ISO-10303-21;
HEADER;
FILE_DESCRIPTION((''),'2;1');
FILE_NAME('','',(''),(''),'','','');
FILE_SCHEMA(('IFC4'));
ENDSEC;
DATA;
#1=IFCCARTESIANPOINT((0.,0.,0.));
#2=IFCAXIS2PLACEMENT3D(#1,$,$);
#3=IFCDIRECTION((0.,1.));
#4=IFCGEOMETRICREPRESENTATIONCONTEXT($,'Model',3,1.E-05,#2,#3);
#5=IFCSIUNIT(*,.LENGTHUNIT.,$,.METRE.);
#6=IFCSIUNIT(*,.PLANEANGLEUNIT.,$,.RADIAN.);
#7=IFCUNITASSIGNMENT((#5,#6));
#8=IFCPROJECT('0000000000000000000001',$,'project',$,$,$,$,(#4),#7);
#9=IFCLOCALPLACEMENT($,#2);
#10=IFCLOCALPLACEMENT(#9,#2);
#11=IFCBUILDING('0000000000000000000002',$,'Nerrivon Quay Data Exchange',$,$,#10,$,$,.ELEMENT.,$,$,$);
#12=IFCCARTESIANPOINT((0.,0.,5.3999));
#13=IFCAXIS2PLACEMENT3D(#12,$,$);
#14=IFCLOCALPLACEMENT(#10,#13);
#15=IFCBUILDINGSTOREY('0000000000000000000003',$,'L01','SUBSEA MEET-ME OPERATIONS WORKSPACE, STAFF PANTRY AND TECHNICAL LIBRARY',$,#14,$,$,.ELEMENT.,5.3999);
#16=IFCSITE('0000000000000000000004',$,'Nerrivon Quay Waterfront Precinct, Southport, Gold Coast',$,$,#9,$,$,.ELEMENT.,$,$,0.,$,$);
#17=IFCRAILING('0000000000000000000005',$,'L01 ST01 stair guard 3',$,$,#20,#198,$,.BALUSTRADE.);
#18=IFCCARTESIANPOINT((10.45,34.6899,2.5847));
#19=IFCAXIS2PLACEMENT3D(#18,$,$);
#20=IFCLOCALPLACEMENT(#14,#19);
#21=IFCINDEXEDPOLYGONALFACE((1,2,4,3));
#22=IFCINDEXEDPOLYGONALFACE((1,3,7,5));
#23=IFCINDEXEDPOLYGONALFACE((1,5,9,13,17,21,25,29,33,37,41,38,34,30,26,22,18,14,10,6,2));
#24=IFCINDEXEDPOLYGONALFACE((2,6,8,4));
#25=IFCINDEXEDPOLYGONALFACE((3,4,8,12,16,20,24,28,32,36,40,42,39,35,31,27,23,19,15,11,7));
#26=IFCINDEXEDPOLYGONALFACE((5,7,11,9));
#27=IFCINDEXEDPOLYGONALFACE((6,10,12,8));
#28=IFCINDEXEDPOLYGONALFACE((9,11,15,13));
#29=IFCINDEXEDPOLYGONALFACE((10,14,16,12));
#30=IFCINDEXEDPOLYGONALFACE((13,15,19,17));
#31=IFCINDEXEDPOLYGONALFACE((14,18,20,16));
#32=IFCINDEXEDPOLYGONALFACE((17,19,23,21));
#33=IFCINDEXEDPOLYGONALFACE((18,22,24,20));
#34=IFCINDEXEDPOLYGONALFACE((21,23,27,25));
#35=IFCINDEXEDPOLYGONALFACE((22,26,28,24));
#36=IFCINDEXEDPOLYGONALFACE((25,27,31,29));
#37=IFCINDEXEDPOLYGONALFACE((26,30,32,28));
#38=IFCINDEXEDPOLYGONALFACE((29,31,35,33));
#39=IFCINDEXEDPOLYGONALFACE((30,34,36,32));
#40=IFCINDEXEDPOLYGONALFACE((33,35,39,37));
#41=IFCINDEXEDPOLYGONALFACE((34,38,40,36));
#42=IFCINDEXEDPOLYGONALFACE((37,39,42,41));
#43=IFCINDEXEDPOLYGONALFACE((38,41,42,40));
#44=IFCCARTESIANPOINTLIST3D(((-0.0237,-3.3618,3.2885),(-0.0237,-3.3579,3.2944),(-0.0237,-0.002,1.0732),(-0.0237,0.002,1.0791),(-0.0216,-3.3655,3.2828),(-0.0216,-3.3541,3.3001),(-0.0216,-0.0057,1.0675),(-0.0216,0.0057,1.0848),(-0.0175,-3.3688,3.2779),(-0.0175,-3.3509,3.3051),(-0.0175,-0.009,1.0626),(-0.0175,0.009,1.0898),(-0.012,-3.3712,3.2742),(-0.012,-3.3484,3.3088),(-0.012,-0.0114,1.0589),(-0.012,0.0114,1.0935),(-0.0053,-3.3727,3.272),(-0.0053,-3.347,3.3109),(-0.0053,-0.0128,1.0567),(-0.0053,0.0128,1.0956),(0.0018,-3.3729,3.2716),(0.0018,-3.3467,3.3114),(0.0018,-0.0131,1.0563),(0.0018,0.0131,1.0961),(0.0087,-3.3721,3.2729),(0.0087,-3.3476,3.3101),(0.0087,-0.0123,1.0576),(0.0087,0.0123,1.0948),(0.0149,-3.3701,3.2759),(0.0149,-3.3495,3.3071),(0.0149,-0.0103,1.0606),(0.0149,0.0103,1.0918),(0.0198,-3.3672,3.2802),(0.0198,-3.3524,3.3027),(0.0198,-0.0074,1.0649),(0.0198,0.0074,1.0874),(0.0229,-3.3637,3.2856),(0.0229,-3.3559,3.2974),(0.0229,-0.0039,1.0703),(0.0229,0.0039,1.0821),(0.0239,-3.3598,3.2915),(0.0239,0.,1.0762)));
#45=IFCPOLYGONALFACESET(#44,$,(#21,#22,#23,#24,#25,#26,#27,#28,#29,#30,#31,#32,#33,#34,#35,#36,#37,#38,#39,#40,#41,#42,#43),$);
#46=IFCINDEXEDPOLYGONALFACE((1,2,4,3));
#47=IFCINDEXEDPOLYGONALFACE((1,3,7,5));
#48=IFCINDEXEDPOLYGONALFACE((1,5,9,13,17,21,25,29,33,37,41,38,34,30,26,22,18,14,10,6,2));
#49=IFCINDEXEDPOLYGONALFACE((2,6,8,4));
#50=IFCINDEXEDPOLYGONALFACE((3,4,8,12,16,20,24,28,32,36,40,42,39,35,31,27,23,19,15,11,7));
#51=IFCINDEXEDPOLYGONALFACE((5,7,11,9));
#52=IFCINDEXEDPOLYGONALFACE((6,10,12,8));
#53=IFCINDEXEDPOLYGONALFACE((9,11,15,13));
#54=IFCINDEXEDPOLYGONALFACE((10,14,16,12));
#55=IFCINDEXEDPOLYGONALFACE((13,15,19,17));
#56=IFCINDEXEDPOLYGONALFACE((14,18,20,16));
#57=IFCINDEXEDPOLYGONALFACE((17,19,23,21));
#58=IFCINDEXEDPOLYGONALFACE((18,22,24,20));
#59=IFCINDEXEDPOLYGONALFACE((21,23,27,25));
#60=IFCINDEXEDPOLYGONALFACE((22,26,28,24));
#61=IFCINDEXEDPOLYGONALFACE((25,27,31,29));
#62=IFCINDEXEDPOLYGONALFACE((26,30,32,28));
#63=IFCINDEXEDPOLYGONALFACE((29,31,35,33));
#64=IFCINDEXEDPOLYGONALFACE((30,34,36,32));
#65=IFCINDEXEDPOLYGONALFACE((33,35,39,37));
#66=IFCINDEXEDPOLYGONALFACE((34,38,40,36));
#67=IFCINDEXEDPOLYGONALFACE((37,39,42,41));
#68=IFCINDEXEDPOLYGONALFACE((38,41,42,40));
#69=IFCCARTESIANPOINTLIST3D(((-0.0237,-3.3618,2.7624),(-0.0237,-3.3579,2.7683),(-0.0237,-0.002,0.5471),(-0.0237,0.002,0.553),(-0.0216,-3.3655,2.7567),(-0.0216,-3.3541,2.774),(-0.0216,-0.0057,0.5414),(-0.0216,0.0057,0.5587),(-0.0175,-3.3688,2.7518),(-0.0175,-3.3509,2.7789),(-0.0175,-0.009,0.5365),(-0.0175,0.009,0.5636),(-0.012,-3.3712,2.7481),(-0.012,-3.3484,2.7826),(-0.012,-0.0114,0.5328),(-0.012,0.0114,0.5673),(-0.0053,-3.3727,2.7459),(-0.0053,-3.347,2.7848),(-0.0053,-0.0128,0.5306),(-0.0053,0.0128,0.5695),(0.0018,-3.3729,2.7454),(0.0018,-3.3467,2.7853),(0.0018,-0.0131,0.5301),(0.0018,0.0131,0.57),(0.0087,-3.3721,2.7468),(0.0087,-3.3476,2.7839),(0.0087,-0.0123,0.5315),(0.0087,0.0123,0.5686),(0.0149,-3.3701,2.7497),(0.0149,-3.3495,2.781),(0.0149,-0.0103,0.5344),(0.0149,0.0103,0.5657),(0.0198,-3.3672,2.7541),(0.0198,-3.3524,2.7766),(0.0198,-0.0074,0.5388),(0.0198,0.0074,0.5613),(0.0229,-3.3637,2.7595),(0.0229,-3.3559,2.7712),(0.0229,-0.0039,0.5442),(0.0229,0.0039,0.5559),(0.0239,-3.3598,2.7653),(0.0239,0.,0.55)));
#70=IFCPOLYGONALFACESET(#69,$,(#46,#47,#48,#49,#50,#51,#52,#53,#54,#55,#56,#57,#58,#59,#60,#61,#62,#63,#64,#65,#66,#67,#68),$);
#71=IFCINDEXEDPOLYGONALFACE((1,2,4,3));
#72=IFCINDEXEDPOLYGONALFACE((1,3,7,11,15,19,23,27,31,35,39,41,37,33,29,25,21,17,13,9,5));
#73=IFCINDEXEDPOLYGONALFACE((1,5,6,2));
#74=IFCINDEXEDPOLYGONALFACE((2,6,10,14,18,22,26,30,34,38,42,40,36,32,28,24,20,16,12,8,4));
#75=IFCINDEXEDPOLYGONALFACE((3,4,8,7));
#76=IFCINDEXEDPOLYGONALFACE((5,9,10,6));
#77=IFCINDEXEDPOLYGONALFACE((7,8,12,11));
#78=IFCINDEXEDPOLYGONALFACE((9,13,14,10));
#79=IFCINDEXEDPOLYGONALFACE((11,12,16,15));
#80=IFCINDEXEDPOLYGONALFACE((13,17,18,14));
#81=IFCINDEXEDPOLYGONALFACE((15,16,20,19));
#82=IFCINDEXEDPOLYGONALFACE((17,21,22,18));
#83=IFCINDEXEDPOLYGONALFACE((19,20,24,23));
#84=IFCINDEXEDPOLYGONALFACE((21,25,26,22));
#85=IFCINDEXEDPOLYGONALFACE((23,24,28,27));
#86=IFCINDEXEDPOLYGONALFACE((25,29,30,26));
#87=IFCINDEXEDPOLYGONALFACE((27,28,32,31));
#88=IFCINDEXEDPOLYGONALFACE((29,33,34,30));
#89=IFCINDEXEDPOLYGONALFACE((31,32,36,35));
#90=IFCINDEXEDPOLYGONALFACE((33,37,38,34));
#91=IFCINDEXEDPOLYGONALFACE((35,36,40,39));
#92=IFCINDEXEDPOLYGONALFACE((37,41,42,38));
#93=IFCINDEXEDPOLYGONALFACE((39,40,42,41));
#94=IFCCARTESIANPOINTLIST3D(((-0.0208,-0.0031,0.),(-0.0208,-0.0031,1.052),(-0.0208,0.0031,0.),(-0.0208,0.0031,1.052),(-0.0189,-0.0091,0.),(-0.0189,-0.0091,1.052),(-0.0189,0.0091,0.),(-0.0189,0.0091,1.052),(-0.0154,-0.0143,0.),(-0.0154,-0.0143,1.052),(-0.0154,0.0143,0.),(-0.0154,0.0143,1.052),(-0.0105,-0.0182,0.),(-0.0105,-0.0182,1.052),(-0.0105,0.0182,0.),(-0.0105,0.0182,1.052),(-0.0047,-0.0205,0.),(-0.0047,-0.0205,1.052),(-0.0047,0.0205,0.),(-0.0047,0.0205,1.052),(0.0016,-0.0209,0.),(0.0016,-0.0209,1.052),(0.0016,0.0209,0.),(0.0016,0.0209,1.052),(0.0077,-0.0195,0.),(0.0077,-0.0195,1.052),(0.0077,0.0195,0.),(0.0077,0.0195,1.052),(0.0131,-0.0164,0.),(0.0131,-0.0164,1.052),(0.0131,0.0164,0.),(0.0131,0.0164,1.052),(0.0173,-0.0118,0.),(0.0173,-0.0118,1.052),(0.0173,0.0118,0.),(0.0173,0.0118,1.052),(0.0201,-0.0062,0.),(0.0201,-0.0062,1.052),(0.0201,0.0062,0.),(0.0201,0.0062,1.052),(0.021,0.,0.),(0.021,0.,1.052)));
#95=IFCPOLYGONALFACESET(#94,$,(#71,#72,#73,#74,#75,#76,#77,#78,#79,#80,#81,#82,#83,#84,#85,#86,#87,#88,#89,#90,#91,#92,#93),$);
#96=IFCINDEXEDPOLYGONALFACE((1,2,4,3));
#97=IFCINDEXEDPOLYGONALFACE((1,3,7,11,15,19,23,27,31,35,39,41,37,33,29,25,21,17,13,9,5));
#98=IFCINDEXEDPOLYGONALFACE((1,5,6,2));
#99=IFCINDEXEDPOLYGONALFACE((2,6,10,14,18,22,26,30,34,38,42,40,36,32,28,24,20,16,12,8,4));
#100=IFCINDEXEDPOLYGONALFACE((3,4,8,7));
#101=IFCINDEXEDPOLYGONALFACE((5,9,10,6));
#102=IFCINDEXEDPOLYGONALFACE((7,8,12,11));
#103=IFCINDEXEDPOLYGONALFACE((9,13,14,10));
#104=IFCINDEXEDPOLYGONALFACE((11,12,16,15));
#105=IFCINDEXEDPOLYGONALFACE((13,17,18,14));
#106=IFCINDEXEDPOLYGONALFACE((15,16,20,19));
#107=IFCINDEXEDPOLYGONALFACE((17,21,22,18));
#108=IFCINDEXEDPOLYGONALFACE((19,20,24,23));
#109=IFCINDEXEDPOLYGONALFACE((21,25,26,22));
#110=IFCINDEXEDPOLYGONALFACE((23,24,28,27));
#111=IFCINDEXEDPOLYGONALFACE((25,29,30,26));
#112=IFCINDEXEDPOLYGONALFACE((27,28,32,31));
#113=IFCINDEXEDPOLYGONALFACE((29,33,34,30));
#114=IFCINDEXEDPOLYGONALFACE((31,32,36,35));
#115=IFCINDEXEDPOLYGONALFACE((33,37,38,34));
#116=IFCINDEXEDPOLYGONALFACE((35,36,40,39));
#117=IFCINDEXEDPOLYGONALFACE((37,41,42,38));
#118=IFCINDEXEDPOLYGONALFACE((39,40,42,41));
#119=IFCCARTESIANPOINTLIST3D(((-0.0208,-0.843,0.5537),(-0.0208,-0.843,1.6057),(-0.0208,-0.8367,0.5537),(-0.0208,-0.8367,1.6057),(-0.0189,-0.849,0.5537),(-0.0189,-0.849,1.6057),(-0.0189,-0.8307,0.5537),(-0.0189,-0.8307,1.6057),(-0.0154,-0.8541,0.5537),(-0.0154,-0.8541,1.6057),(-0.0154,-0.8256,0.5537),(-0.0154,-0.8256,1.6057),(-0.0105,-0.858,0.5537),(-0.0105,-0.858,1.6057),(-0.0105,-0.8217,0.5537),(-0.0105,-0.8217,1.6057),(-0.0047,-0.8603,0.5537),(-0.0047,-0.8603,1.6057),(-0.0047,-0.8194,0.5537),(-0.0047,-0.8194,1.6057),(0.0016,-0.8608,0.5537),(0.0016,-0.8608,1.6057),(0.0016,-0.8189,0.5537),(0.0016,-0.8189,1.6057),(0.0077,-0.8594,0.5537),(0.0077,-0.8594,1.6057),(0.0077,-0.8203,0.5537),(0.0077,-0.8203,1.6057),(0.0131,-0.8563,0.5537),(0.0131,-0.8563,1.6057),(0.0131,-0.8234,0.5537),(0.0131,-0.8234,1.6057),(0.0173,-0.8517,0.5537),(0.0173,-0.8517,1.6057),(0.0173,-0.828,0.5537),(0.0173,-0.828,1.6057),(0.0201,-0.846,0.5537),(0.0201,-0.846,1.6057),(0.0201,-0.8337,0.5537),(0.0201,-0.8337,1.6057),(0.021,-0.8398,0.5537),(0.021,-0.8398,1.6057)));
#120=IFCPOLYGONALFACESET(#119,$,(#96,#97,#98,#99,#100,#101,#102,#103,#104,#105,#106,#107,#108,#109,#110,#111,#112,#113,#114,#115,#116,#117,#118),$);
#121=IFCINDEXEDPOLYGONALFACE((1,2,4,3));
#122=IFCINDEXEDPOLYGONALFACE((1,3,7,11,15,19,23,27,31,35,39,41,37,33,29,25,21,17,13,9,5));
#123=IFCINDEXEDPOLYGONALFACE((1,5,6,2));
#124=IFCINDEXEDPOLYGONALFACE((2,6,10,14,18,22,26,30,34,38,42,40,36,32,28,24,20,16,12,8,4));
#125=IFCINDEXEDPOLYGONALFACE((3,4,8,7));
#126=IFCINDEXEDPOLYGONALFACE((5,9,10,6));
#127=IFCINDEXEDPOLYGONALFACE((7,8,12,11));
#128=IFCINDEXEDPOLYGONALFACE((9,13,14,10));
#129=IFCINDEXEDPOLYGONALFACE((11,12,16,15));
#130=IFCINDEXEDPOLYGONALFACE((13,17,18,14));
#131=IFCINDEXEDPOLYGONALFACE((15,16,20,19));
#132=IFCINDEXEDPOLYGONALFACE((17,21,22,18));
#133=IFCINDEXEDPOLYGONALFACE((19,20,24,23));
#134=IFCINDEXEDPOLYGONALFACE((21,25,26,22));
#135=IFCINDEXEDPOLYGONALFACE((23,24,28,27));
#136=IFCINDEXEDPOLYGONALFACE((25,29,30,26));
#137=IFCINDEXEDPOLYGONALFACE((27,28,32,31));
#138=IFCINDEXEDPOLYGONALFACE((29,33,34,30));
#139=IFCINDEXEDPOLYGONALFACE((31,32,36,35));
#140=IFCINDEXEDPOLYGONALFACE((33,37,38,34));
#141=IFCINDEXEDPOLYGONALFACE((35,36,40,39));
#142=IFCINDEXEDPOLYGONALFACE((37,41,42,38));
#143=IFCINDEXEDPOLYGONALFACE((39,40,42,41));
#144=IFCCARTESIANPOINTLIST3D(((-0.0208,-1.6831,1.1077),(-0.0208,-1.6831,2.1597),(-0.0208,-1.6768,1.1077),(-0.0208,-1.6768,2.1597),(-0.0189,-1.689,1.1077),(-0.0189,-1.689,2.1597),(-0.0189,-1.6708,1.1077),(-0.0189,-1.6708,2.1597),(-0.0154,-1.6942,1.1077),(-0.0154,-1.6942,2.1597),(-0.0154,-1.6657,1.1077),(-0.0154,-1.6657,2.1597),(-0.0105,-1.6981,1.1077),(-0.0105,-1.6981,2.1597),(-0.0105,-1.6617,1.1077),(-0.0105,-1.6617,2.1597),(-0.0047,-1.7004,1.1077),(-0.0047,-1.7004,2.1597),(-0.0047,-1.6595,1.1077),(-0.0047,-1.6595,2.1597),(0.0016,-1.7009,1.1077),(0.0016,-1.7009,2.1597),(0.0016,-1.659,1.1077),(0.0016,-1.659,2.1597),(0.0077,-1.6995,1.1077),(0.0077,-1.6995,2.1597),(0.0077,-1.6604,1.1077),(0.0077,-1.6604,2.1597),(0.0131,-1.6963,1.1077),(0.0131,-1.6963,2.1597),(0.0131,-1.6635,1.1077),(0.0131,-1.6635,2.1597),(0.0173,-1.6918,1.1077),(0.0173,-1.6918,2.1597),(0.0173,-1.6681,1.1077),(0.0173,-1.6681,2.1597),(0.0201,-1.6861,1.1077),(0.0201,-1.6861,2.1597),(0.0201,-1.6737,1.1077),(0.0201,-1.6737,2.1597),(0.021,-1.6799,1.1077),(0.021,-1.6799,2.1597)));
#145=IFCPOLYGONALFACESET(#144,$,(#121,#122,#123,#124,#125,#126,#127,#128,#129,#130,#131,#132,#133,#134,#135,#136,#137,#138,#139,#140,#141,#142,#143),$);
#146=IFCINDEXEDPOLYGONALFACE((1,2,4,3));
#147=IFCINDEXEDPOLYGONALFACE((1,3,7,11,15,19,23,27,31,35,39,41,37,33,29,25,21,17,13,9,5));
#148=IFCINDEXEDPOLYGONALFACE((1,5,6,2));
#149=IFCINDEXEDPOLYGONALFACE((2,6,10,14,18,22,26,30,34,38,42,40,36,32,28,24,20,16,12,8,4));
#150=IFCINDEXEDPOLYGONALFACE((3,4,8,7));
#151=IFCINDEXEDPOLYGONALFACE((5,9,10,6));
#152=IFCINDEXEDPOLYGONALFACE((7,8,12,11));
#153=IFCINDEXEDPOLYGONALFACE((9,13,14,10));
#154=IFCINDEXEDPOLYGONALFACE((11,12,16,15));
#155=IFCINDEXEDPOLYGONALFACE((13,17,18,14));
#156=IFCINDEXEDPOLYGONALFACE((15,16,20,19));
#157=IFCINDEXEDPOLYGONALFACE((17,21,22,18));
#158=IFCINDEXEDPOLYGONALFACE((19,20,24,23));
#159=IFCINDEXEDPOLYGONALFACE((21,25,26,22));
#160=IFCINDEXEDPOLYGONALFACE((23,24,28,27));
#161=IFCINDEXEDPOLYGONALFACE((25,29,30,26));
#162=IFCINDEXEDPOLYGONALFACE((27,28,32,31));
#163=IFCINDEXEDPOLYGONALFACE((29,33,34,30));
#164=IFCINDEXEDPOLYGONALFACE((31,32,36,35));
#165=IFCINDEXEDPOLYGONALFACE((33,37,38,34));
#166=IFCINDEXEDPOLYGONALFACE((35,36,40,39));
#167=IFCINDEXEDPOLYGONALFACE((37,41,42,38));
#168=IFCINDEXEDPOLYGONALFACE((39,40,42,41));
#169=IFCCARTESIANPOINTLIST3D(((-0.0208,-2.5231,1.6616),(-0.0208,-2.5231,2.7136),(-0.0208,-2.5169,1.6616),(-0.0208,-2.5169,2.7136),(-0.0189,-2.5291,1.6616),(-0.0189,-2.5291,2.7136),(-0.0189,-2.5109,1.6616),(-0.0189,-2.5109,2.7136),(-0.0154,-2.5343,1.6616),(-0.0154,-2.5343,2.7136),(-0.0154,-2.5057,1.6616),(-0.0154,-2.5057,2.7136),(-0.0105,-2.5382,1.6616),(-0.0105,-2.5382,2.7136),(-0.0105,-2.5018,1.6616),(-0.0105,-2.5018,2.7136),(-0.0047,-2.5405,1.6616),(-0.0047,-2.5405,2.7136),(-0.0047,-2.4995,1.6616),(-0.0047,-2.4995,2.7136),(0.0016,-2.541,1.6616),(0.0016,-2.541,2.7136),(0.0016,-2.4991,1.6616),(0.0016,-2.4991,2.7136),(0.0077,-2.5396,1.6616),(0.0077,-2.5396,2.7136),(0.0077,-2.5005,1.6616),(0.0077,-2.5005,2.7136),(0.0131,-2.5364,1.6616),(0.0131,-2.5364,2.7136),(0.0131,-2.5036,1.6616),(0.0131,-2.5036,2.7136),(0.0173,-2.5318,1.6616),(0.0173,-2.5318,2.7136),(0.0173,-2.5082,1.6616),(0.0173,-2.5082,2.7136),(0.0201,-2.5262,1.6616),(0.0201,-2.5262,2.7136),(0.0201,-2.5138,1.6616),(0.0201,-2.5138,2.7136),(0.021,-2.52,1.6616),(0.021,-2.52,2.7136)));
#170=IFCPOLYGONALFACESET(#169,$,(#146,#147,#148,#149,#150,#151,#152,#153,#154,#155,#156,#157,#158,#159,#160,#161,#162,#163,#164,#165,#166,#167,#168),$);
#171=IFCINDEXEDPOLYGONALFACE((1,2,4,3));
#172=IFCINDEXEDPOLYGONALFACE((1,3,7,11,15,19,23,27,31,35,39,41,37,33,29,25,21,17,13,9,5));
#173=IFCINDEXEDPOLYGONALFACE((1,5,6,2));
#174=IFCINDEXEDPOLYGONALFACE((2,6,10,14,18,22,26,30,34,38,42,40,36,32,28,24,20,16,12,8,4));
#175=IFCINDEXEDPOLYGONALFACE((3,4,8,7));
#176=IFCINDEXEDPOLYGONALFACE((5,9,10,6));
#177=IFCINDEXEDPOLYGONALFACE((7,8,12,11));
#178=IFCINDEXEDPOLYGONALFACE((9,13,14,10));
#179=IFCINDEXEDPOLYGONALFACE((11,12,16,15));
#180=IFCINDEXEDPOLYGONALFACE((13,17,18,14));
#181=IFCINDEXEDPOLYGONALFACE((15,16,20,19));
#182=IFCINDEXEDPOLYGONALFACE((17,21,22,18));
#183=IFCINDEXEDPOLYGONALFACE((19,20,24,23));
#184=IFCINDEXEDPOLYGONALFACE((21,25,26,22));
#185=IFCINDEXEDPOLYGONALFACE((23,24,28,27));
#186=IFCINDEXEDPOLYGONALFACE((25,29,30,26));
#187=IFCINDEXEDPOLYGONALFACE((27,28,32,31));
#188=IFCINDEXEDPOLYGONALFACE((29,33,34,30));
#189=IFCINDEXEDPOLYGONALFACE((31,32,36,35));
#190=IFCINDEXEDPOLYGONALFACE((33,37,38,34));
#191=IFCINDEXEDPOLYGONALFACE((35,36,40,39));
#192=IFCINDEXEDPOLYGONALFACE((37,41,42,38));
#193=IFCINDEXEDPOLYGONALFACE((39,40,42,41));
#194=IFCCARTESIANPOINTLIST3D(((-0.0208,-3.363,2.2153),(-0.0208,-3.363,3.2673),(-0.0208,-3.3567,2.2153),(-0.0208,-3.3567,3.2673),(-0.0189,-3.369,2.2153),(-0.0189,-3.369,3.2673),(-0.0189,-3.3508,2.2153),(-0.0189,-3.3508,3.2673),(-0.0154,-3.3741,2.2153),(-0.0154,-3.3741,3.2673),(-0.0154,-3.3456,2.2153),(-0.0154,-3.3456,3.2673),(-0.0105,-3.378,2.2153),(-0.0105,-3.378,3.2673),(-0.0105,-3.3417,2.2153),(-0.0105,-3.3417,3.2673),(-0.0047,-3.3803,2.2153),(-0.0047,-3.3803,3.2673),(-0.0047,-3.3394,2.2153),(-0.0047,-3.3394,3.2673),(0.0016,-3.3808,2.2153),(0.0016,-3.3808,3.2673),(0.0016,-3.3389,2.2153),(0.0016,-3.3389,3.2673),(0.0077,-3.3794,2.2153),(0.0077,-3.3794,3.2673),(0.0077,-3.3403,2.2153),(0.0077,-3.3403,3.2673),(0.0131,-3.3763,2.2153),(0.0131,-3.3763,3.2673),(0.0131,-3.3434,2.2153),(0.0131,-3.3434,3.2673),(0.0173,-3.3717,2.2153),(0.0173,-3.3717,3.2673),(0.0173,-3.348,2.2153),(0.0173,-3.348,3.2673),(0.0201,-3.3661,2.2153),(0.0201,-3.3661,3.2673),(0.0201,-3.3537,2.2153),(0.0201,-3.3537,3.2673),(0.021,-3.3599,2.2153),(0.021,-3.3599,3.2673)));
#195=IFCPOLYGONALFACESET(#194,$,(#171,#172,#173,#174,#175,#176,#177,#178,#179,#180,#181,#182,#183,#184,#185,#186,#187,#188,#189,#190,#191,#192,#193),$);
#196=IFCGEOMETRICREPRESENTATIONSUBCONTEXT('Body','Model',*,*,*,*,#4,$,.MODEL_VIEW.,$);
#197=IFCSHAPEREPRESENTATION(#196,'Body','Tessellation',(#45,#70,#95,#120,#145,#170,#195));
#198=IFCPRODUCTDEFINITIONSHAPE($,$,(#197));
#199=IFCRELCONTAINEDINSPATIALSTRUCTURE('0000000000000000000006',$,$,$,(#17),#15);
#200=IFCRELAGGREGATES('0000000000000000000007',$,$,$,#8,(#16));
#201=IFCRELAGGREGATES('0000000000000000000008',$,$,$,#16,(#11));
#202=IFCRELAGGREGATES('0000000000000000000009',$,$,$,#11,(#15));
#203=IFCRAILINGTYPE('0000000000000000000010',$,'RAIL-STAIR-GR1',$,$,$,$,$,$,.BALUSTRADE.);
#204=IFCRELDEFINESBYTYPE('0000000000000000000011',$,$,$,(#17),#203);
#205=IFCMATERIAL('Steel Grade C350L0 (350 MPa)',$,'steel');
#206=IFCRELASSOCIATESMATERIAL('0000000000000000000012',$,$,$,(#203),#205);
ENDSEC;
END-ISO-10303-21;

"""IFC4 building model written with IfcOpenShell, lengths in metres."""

from ifc_helpers import new_model, si_unit, direction, frame, origin, origin_2d, place, context, subcontext, project, spatial, circle, extrude, material, type_object, element, save


model = new_model("IFC4")

# Units and contexts
model_context = context("Model", 3, precision=1e-05, world=origin(), true_north=direction((0.0, 1.0)))
body_context = subcontext(model_context, "Body", "Model", "MODEL_VIEW")
ifc_project = project(units=[si_unit("LENGTHUNIT", "METRE"), si_unit("PLANEANGLEUNIT", "RADIAN")], contexts=[model_context])

# Site, building, storey
site_placement = place(None, origin())
site = spatial("IfcSite", under=ifc_project, at=site_placement, Name="Nerrivon Quay Waterfront Precinct, Southport, Gold Coast", CompositionType="ELEMENT", RefElevation=0.0)
building_placement = place(site_placement, origin())
building = spatial("IfcBuilding", under=site, at=building_placement, Name="Nerrivon Quay Data Exchange", CompositionType="ELEMENT")
storey_placement = place(building_placement, frame((0.0, 0.0, 5.3999)))
storey = spatial("IfcBuildingStorey", under=building, at=storey_placement, Name="L01", Description="SUBSEA MEET-ME OPERATIONS WORKSPACE, STAFF PANTRY AND TECHNICAL LIBRARY", CompositionType="ELEMENT", Elevation=5.3999)

# Railing
ifc_material_1 = material(Name="Steel Grade C350L0 (350 MPa)", Category="steel")
railing_type_1 = type_object("IfcRailingType", Name="RAIL-STAIR-GR1", PredefinedType="BALUSTRADE", material=ifc_material_1)
railing_1_placement = place(storey_placement, frame((10.45, 34.6899, 2.5847)))
element("IfcRailing", 1, at=railing_1_placement, inside=storey, type_object=railing_type_1, Name="L01 ST01 stair guard 3", PredefinedType="BALUSTRADE", context=body_context, shape_type="SweptSolid", body=[
    extrude(circle(Radius=0.0239, at=origin_2d()), frame((0.0, 0.0, 1.0762), z_axis=(0.0, -0.834858, 0.550465), x_axis=(1.0, 0.0, 0.0)), (0.0, 0.0, 1.0), 4.0244),
    extrude(circle(Radius=0.0239, at=origin_2d()), frame((0.0, 0.0, 0.55), z_axis=(0.0, -0.834858, 0.550465), x_axis=(1.0, 0.0, 0.0)), (0.0, 0.0, 1.0), 4.0244),
    extrude(circle(Radius=0.021, at=origin_2d()), origin(), (0.0, 0.0, 1.0), 1.052),
    extrude(circle(Radius=0.021, at=origin_2d()), frame((0.0, -0.8398, 0.5537)), (0.0, 0.0, 1.0), 1.052),
    extrude(circle(Radius=0.021, at=origin_2d()), frame((0.0, -1.6799, 1.1077)), (0.0, 0.0, 1.0), 1.052),
    extrude(circle(Radius=0.021, at=origin_2d()), frame((0.0, -2.52, 1.6616)), (0.0, 0.0, 1.0), 1.052),
    extrude(circle(Radius=0.021, at=origin_2d()), frame((0.0, -3.3599, 2.2153)), (0.0, 0.0, 1.0), 1.052),
])

save(model, "model.ifc")
